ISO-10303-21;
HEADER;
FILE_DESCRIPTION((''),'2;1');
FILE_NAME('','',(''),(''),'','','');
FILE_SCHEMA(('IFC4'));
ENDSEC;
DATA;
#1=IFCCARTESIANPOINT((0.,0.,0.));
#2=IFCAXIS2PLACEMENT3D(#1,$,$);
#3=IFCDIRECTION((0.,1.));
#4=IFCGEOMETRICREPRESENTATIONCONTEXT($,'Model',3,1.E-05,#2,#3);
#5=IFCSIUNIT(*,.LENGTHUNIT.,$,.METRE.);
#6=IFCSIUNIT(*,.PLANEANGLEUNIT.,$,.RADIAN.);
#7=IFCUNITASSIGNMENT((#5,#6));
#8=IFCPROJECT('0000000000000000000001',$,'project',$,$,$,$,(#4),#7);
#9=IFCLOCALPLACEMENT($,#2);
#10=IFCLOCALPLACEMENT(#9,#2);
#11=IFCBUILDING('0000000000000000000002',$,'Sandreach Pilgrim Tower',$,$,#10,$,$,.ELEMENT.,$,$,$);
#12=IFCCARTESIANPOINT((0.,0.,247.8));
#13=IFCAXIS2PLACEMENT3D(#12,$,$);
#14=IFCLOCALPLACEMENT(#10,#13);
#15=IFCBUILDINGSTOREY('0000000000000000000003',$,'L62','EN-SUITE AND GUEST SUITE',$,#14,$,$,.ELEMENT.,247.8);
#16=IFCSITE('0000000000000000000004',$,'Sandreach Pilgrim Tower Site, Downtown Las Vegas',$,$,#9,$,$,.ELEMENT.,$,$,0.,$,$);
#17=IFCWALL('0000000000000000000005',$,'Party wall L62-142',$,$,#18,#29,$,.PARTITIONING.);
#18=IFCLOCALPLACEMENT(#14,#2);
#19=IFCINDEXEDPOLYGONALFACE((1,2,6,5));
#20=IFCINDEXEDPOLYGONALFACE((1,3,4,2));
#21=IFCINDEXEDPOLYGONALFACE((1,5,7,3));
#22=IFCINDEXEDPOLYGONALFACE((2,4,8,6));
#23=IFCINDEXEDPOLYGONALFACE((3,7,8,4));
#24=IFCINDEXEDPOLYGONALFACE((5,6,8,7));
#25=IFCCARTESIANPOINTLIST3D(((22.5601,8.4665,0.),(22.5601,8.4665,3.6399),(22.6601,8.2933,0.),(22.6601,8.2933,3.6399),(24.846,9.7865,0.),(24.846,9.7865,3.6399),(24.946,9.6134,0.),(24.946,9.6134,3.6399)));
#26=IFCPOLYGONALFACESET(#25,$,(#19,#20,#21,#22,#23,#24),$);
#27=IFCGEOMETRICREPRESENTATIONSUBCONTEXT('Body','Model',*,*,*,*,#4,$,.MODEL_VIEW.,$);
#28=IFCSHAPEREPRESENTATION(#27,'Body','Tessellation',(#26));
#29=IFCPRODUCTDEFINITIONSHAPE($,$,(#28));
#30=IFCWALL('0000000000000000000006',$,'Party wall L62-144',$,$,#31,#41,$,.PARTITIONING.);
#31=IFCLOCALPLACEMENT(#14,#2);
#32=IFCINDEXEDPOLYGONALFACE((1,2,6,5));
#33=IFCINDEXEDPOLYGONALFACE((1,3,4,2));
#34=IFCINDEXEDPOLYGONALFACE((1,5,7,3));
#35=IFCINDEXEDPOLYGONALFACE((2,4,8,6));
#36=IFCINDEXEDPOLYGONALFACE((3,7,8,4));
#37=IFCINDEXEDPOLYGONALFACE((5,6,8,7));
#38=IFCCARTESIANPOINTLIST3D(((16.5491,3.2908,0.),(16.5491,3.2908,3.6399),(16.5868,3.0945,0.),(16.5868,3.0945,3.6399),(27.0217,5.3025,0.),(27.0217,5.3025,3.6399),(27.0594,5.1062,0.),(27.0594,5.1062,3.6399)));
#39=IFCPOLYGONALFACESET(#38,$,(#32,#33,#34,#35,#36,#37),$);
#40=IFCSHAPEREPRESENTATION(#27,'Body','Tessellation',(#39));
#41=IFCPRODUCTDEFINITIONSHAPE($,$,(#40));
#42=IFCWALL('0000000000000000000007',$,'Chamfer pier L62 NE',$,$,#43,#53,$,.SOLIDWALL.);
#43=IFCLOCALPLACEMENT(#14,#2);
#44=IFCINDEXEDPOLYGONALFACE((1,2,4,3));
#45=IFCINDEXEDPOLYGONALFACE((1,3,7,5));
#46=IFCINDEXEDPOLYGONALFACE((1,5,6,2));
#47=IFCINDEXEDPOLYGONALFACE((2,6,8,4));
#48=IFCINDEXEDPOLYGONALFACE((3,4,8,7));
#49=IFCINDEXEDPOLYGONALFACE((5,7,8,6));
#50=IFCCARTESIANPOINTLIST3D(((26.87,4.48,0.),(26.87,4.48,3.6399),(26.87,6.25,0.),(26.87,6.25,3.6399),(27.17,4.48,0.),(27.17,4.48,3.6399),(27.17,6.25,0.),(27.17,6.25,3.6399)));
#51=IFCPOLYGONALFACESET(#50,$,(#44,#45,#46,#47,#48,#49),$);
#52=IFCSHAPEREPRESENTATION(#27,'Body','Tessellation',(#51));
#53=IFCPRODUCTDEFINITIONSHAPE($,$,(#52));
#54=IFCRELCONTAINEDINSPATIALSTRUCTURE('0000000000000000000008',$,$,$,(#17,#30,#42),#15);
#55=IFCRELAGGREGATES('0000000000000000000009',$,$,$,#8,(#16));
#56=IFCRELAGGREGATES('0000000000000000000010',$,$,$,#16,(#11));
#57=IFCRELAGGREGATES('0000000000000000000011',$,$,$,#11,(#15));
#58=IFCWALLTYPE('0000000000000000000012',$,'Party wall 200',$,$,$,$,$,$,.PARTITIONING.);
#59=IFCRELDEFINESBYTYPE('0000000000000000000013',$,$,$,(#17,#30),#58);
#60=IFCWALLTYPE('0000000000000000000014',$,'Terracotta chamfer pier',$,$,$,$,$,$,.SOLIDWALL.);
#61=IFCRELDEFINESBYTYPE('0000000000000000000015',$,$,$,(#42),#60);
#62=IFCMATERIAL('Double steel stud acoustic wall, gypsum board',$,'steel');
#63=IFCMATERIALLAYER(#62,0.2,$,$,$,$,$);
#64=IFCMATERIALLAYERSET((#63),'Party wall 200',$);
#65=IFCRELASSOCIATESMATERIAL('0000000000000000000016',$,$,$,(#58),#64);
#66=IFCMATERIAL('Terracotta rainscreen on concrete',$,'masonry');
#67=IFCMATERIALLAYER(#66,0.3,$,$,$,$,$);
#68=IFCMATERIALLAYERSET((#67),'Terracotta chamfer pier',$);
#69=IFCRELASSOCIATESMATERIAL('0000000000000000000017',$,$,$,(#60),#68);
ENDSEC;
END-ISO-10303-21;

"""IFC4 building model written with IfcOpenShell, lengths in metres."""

from ifc_helpers import new_model, si_unit, direction, frame, frame_2d, origin, place, context, subcontext, project, spatial, rectangle, extrude, material, layer, layer_set, type_object, element, save


model = new_model("IFC4")

# Units and contexts
model_context = context("Model", 3, precision=1e-05, world=origin(), true_north=direction((0.0, 1.0)))
body_context = subcontext(model_context, "Body", "Model", "MODEL_VIEW")
ifc_project = project(units=[si_unit("LENGTHUNIT", "METRE"), si_unit("PLANEANGLEUNIT", "RADIAN")], contexts=[model_context])

# Site, building, storey
site_placement = place(None, origin())
site = spatial("IfcSite", under=ifc_project, at=site_placement, Name="Sandreach Pilgrim Tower Site, Downtown Las Vegas", CompositionType="ELEMENT", RefElevation=0.0)
building_placement = place(site_placement, origin())
building = spatial("IfcBuilding", under=site, at=building_placement, Name="Sandreach Pilgrim Tower", CompositionType="ELEMENT")
storey_placement = place(building_placement, frame((0.0, 0.0, 247.8)))
storey = spatial("IfcBuildingStorey", under=building, at=storey_placement, Name="L62", Description="EN-SUITE AND GUEST SUITE", CompositionType="ELEMENT", Elevation=247.8)

# Walls
ifc_material_1 = material(Name="Double steel stud acoustic wall, gypsum board", Category="steel")
ifc_layer_1 = layer(ifc_material_1, 0.2)
ifc_layer_set_1 = layer_set([ifc_layer_1], Name="Party wall 200")
wall_type_1 = type_object("IfcWallType", Name="Party wall 200", PredefinedType="PARTITIONING", material=ifc_layer_set_1)
wall_1_placement = place(storey_placement, frame((22.6101, 8.3799, 0.0), z_axis=(0.0, 0.0, 1.0), x_axis=(0.865975, 0.500088, 0.0)))
element("IfcWall", 1, at=wall_1_placement, inside=storey, type_object=wall_type_1, Name="Party wall L62-142", PredefinedType="PARTITIONING", context=body_context, shape_type="SweptSolid", body=[
    extrude(rectangle(XDim=2.6396, YDim=0.2, at=frame_2d((1.3198, 0.0))), origin(), (0.0, 0.0, 1.0), 3.6399),
])
wall_2_placement = place(storey_placement, frame((27.0405, 5.2043, 0.0), z_axis=(0.0, 0.0, 1.0), x_axis=(-0.982046, -0.188644, 0.0)))
element("IfcWall", 2, at=wall_2_placement, inside=storey, type_object=wall_type_1, Name="Party wall L62-144", PredefinedType="PARTITIONING", context=body_context, shape_type="SweptSolid", body=[
    extrude(rectangle(XDim=10.6641, YDim=0.2, at=frame_2d((5.332, 0.0))), origin(), (0.0, 0.0, 1.0), 3.6399),
])
ifc_material_2 = material(Name="Terracotta rainscreen on concrete", Category="masonry")
ifc_layer_2 = layer(ifc_material_2, 0.3)
ifc_layer_set_2 = layer_set([ifc_layer_2], Name="Terracotta chamfer pier")
wall_type_2 = type_object("IfcWallType", Name="Terracotta chamfer pier", PredefinedType="SOLIDWALL", material=ifc_layer_set_2)
wall_3_placement = place(storey_placement, frame((27.02, 6.25, 0.0), z_axis=(0.0, 0.0, 1.0), x_axis=(0.0, -1.0, 0.0)))
element("IfcWall", 3, at=wall_3_placement, inside=storey, type_object=wall_type_2, Name="Chamfer pier L62 NE", PredefinedType="SOLIDWALL", context=body_context, shape_type="SweptSolid", body=[
    extrude(rectangle(XDim=1.77, YDim=0.3, at=frame_2d((0.885, 0.0))), origin(), (0.0, 0.0, 1.0), 3.6399),
])

save(model, "model.ifc")
